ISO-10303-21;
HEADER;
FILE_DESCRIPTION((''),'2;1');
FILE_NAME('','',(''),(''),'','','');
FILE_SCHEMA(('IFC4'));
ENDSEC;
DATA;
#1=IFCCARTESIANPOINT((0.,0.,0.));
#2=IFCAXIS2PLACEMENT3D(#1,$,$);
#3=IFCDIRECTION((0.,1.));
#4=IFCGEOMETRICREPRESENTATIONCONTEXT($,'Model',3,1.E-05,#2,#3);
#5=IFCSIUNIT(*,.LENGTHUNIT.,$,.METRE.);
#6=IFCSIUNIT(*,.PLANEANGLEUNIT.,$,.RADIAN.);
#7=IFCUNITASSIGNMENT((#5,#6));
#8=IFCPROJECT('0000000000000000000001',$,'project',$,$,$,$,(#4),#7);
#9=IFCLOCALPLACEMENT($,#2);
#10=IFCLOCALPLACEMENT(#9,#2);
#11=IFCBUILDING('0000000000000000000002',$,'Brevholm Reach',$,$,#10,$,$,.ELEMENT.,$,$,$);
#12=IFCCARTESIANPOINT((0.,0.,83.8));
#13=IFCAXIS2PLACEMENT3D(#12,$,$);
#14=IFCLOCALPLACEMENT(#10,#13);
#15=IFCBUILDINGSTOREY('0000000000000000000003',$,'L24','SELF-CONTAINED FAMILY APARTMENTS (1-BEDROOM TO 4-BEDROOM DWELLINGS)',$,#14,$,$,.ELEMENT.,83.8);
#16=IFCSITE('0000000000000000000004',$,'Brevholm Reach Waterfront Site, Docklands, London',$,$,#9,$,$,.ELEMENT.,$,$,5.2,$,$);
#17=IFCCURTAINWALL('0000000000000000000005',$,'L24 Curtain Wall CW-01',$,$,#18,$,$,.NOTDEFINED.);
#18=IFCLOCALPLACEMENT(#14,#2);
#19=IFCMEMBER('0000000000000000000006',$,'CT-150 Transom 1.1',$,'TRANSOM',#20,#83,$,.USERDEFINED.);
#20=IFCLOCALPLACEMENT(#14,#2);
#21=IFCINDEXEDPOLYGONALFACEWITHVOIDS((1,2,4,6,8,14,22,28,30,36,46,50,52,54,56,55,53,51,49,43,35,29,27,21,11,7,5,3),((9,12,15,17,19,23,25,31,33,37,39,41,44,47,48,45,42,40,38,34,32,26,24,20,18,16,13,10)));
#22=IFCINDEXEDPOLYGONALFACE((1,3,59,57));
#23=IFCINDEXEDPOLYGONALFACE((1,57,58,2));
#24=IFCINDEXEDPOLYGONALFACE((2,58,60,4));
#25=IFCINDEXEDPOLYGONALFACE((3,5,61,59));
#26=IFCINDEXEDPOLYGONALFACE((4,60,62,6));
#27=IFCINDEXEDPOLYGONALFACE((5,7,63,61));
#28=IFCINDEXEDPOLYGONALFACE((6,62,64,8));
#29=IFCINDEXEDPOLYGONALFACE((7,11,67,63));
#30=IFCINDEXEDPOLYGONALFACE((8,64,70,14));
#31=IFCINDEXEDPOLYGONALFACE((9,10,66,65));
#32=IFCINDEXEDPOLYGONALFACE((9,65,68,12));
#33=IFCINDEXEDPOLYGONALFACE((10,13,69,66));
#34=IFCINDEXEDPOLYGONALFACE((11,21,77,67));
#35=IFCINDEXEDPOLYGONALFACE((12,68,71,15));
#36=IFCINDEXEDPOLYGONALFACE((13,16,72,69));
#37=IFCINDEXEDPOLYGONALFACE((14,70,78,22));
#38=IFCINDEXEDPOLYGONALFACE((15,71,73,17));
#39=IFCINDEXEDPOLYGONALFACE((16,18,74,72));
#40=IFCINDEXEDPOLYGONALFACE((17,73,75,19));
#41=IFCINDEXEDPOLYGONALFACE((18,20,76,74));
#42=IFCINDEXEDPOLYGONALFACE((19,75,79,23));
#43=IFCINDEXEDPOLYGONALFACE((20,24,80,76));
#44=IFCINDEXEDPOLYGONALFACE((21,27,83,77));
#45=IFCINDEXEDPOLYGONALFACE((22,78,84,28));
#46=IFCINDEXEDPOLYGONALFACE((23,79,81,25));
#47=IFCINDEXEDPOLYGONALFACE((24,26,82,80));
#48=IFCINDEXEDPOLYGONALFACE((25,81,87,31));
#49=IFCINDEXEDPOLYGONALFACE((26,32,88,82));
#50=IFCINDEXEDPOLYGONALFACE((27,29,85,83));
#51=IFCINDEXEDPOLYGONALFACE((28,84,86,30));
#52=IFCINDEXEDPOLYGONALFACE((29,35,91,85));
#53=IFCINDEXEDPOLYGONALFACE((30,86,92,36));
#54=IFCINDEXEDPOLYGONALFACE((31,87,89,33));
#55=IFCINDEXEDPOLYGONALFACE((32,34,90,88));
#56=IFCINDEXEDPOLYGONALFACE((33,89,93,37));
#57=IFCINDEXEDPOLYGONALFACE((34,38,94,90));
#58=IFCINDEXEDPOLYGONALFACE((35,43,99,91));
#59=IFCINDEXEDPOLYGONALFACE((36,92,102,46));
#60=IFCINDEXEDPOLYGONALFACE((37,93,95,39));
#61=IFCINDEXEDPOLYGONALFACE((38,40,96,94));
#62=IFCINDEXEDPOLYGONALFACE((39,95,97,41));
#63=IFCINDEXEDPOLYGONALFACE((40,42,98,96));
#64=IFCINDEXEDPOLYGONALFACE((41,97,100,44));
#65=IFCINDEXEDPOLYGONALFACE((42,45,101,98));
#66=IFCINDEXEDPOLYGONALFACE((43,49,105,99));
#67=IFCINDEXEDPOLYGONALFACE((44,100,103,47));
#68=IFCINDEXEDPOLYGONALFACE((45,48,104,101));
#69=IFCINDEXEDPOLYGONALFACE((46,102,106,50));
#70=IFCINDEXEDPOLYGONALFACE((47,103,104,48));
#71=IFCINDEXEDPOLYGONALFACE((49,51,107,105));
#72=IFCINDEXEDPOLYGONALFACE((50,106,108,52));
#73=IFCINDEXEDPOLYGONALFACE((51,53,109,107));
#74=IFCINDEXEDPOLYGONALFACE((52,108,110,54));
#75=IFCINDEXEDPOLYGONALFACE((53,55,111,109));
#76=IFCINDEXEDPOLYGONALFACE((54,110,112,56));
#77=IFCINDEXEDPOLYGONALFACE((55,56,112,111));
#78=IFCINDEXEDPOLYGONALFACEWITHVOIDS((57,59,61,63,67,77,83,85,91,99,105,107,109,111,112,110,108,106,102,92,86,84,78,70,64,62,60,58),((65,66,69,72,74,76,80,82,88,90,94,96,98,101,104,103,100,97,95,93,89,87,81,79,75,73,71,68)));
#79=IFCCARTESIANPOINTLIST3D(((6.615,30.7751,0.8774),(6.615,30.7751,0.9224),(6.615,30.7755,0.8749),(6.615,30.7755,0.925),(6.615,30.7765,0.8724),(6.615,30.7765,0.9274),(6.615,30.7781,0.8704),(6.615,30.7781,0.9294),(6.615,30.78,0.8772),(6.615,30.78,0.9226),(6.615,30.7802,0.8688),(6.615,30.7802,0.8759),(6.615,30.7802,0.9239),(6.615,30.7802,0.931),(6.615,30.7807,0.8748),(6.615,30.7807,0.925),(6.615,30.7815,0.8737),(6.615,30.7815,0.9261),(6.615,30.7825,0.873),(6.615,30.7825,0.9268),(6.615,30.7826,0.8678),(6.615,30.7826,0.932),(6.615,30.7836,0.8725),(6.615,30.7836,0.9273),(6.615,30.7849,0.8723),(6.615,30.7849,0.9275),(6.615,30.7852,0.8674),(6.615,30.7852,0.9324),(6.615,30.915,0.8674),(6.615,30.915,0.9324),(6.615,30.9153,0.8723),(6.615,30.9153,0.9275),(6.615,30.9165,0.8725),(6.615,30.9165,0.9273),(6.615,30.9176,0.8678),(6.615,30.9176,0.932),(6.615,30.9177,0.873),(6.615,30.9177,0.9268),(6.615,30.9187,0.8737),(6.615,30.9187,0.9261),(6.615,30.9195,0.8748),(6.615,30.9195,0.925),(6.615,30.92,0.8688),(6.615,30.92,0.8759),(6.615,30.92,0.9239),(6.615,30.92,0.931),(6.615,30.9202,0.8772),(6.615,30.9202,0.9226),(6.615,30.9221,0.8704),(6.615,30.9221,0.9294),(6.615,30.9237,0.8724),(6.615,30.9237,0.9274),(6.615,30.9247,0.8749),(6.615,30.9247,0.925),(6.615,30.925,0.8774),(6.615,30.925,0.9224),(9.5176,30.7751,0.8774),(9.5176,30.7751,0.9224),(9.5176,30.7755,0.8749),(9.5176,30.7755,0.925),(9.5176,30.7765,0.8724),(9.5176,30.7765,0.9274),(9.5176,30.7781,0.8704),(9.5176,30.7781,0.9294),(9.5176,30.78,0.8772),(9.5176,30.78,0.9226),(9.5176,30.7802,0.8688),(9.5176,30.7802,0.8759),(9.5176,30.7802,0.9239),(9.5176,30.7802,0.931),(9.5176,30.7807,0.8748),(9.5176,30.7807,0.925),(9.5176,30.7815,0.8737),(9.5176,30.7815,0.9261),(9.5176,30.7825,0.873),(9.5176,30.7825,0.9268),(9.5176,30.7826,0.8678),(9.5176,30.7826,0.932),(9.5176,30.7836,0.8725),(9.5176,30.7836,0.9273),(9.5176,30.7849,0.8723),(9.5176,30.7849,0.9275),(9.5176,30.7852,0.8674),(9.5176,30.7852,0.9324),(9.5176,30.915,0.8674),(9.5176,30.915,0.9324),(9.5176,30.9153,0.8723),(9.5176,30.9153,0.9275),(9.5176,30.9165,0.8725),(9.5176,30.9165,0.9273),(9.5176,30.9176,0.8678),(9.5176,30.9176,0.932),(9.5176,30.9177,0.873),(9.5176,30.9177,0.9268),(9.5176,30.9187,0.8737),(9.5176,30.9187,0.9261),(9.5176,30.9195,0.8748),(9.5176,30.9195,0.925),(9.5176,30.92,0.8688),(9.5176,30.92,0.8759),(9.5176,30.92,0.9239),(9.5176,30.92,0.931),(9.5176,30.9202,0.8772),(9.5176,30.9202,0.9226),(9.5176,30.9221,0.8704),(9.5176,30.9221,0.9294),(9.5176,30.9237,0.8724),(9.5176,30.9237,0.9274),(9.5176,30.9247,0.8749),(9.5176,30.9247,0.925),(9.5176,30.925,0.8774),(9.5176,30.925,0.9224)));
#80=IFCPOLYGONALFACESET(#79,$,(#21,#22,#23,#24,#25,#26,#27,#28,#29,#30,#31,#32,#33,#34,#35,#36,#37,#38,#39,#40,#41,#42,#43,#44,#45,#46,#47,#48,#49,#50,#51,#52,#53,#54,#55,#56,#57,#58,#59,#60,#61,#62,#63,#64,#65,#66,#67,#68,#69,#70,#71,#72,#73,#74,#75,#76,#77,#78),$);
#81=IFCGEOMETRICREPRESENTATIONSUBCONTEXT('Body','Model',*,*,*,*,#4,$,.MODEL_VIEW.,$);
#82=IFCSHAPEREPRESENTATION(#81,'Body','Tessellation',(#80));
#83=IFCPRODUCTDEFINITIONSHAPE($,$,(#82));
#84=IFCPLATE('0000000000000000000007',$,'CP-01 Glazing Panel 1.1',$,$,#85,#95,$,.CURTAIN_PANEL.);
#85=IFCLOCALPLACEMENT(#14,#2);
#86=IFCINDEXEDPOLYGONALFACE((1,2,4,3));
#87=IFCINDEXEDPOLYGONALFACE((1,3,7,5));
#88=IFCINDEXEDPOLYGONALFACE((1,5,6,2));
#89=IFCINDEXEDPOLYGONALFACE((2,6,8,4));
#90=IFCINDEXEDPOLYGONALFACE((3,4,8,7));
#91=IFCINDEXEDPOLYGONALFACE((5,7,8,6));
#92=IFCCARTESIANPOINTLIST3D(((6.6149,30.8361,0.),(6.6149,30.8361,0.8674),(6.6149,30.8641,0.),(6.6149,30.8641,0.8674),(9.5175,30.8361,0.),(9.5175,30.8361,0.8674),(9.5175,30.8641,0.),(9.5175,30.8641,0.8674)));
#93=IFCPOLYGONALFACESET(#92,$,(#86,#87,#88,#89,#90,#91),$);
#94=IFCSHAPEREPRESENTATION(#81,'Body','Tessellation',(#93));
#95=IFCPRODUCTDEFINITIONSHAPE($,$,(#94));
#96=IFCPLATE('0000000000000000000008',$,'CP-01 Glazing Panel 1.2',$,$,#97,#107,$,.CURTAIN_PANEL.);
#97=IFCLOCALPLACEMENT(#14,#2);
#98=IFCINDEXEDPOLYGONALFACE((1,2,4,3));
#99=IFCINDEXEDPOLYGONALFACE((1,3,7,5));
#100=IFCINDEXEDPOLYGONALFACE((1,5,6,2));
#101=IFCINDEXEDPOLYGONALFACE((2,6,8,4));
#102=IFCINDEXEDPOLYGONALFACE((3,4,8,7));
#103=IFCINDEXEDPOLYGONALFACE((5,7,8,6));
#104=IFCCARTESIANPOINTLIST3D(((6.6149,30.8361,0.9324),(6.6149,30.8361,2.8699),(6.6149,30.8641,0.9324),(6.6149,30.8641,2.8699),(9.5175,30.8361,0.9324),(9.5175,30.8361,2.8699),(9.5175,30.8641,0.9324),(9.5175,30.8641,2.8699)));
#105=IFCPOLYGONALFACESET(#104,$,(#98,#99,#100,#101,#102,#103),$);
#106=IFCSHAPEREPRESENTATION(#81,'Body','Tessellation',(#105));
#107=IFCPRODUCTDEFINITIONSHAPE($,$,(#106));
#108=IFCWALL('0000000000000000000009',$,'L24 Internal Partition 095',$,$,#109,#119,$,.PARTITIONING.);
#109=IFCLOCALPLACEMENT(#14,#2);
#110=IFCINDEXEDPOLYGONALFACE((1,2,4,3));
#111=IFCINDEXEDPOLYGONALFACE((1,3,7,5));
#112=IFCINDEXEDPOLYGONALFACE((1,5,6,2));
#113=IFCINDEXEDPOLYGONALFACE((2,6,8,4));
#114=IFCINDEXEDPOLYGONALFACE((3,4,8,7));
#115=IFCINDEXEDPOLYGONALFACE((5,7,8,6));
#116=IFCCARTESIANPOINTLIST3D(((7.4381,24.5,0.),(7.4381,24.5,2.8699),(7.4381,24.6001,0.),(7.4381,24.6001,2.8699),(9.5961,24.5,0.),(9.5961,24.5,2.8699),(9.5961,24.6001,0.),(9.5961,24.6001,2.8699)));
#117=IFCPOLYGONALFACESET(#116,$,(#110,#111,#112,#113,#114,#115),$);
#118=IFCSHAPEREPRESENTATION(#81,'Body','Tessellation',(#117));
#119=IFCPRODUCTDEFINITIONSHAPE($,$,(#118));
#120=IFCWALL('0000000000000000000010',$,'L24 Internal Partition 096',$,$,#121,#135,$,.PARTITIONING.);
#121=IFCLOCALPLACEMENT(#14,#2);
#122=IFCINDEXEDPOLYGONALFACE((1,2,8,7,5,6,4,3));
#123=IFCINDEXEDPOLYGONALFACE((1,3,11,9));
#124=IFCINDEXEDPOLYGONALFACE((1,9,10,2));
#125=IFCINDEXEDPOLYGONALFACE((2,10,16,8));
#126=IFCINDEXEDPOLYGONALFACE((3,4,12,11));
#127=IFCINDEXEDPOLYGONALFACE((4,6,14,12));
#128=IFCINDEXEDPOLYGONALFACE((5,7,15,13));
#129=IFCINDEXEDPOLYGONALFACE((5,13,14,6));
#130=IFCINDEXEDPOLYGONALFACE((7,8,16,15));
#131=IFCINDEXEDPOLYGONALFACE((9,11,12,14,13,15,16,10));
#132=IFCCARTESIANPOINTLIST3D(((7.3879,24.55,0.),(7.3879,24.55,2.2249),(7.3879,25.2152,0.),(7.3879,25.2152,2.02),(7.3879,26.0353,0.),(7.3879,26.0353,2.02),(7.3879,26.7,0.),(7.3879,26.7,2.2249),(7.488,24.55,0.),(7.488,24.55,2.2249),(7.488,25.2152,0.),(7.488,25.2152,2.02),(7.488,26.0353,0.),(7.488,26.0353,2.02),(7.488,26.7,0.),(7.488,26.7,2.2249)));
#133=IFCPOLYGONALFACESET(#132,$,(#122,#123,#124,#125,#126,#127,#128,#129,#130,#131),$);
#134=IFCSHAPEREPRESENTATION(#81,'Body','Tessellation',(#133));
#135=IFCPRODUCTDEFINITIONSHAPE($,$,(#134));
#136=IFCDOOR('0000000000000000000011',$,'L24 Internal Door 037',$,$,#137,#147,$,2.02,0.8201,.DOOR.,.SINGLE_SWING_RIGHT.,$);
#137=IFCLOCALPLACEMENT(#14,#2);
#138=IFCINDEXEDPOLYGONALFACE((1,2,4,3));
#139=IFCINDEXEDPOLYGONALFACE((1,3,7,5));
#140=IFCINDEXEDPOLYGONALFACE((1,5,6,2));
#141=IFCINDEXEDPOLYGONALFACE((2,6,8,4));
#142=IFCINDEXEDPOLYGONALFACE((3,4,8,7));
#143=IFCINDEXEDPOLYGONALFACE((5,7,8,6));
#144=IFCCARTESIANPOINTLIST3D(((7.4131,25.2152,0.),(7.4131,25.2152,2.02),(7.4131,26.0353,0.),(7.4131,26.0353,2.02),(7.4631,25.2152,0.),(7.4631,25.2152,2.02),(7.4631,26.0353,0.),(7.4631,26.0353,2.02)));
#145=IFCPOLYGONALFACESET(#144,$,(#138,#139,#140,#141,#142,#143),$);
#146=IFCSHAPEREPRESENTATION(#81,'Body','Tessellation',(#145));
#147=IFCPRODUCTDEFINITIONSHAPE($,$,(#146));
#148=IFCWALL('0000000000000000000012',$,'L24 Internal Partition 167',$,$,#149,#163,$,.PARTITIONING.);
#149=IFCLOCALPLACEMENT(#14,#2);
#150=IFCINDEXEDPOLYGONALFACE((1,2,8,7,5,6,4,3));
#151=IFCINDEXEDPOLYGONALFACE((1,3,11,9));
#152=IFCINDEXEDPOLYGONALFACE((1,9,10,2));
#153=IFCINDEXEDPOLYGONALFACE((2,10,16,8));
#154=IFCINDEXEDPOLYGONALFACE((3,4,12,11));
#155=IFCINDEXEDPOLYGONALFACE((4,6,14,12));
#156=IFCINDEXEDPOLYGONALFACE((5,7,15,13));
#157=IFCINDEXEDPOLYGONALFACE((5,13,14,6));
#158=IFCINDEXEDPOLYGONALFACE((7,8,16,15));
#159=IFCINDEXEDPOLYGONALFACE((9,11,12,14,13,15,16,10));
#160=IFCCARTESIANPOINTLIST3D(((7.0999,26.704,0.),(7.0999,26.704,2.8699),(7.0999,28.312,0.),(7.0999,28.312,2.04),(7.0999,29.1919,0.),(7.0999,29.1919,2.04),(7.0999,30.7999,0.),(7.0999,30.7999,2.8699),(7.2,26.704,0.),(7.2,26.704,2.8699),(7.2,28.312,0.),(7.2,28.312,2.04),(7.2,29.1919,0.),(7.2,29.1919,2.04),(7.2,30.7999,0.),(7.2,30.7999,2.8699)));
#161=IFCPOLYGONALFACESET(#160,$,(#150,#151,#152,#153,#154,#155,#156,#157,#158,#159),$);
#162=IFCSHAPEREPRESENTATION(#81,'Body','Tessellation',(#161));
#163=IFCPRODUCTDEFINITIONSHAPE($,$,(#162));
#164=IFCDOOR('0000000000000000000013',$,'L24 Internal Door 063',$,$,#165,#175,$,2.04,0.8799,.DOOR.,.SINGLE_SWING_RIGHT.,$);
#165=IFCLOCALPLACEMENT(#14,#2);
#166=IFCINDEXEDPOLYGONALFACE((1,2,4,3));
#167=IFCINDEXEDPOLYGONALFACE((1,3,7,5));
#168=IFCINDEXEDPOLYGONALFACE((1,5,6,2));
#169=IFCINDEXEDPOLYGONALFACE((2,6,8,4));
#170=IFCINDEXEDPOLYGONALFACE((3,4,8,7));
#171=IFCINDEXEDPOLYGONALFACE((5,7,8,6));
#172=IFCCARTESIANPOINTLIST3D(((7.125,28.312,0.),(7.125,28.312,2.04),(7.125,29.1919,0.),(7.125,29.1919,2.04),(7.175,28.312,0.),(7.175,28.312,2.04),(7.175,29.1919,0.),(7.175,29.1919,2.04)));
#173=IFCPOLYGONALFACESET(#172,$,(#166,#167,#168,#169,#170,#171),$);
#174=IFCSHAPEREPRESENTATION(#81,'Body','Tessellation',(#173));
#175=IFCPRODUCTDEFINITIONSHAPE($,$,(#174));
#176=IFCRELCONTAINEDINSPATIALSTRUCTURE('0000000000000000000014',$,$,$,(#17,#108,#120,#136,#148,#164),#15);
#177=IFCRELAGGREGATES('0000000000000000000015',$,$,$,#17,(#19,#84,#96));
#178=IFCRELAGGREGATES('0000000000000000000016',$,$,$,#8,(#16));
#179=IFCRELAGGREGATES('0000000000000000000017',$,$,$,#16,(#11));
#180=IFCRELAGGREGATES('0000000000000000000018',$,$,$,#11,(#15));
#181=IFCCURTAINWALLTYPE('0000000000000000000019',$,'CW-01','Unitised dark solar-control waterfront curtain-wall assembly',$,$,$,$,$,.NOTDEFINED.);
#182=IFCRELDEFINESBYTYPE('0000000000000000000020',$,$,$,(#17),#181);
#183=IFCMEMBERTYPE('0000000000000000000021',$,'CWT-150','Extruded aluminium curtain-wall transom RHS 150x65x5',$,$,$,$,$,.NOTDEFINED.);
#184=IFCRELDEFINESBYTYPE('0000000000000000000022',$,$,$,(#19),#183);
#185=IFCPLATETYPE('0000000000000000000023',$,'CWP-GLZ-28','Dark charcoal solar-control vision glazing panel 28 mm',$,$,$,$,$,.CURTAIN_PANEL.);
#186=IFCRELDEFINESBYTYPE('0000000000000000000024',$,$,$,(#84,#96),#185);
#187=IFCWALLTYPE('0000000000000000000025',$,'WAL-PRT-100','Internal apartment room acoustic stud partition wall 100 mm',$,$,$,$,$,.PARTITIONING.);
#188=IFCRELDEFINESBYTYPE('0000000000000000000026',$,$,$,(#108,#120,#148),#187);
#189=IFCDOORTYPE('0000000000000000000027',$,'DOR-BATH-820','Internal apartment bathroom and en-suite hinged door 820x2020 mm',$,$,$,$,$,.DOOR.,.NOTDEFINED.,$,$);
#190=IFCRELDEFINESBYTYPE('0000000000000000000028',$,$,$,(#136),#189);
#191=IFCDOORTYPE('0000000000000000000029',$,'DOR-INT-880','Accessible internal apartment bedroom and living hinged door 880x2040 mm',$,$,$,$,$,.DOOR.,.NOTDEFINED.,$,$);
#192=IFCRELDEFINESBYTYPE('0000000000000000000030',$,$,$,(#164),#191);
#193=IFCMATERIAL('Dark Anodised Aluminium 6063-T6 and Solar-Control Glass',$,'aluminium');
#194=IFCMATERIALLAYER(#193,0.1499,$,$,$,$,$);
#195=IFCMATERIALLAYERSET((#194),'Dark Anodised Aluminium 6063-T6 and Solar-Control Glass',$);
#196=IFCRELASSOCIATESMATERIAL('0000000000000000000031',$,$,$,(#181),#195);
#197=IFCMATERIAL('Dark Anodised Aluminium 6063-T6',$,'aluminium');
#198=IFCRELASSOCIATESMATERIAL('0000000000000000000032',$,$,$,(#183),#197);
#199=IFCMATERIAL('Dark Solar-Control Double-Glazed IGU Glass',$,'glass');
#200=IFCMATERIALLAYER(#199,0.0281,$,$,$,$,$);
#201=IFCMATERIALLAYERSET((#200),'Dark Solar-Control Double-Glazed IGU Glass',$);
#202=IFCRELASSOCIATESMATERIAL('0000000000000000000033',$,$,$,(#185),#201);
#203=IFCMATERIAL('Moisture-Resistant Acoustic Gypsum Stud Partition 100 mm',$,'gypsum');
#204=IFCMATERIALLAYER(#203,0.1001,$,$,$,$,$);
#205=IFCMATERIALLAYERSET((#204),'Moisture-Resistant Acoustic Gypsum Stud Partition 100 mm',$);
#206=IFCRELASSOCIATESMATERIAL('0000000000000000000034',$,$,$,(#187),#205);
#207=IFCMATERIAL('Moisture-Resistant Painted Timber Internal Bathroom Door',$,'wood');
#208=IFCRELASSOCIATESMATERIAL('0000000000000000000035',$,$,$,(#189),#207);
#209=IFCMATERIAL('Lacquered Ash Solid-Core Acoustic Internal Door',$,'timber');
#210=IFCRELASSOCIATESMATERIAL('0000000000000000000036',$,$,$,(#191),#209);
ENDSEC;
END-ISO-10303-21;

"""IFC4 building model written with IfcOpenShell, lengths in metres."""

from ifc_helpers import new_model, si_unit, direction, frame, frame_2d, origin, origin_2d, place, context, subcontext, project, spatial, rectangle, hollow_rectangle, extrude, material, layer, layer_set, material_profile, profile_set, type_object, element, fill, aggregate, save


model = new_model("IFC4")

# Units and contexts
model_context = context("Model", 3, precision=1e-05, world=origin(), true_north=direction((0.0, 1.0)))
body_context = subcontext(model_context, "Body", "Model", "MODEL_VIEW")
ifc_project = project(units=[si_unit("LENGTHUNIT", "METRE"), si_unit("PLANEANGLEUNIT", "RADIAN")], contexts=[model_context])

# Site, building, storey
site_placement = place(None, origin())
site = spatial("IfcSite", under=ifc_project, at=site_placement, Name="Brevholm Reach Waterfront Site, Docklands, London", CompositionType="ELEMENT", RefElevation=5.2)
building_placement = place(site_placement, origin())
building = spatial("IfcBuilding", under=site, at=building_placement, Name="Brevholm Reach", CompositionType="ELEMENT")
storey_placement = place(building_placement, frame((0.0, 0.0, 83.8)))
storey = spatial("IfcBuildingStorey", under=building, at=storey_placement, Name="L24", Description="SELF-CONTAINED FAMILY APARTMENTS (1-BEDROOM TO 4-BEDROOM DWELLINGS)", CompositionType="ELEMENT", Elevation=83.8)

# Curtain wall, member, plates
ifc_material_1 = material(Name="Dark Anodised Aluminium 6063-T6 and Solar-Control Glass", Category="aluminium")
ifc_layer_1 = layer(ifc_material_1, 0.1499)
ifc_layer_set_1 = layer_set([ifc_layer_1], Name="Dark Anodised Aluminium 6063-T6 and Solar-Control Glass")
curtain_wall_type = type_object("IfcCurtainWallType", Name="CW-01", Description="Unitised dark solar-control waterfront curtain-wall assembly", PredefinedType="NOTDEFINED", material=ifc_layer_set_1)
curtain_wall_placement = place(storey_placement, origin())
curtain_wall = element("IfcCurtainWall", 1, at=curtain_wall_placement, inside=storey, type_object=curtain_wall_type, Name="L24 Curtain Wall CW-01", PredefinedType="NOTDEFINED")
ifc_material_2 = material(Name="Dark Anodised Aluminium 6063-T6", Category="aluminium")
ifc_material_profile_1 = material_profile(ifc_material_2, hollow_rectangle(XDim=0.0649, YDim=0.1499, WallThickness=0.0049, InnerFilletRadius=0.0049, OuterFilletRadius=0.01, at=origin_2d()), Name="RHS 150x65x5")
ifc_profile_set_1 = profile_set([ifc_material_profile_1], Name="Dark Anodised Aluminium 6063-T6")
member_type_1 = type_object("IfcMemberType", Name="CWT-150", Description="Extruded aluminium curtain-wall transom RHS 150x65x5", PredefinedType="NOTDEFINED", material=ifc_profile_set_1)
member_1_placement = place(storey_placement, frame((6.615, 30.8501, 0.8999), z_axis=(1.0, 0.0, 0.0), x_axis=(0.0, 0.0, 1.0)))
member_1 = element("IfcMember", 2, at=member_1_placement, type_object=member_type_1, Name="CT-150 Transom 1.1", ObjectType="TRANSOM", PredefinedType="USERDEFINED", context=body_context, shape_type="SweptSolid", body=[
    extrude(hollow_rectangle(XDim=0.0649, YDim=0.1499, WallThickness=0.0049, InnerFilletRadius=0.0049, OuterFilletRadius=0.01, at=origin_2d()), origin(), (0.0, 0.0, 1.0), 2.9026),
])
ifc_material_3 = material(Name="Dark Solar-Control Double-Glazed IGU Glass", Category="glass")
ifc_layer_2 = layer(ifc_material_3, 0.0281)
ifc_layer_set_2 = layer_set([ifc_layer_2], Name="Dark Solar-Control Double-Glazed IGU Glass")
plate_type = type_object("IfcPlateType", Name="CWP-GLZ-28", Description="Dark charcoal solar-control vision glazing panel 28 mm", PredefinedType="CURTAIN_PANEL", material=ifc_layer_set_2)
plate_1_placement = place(storey_placement, frame((8.0662, 30.8501, 0.0), z_axis=(0.0, 0.0, 1.0), x_axis=(1.0, 0.0, 0.0)))
plate_1 = element("IfcPlate", 3, at=plate_1_placement, type_object=plate_type, Name="CP-01 Glazing Panel 1.1", PredefinedType="CURTAIN_PANEL", context=body_context, shape_type="SweptSolid", body=[
    extrude(rectangle(XDim=2.9026, YDim=0.0281, at=origin_2d()), origin(), (0.0, 0.0, 1.0), 0.8674),
])
plate_2_placement = place(storey_placement, frame((8.0662, 30.8501, 0.9324), z_axis=(0.0, 0.0, 1.0), x_axis=(1.0, 0.0, 0.0)))
plate_2 = element("IfcPlate", 4, at=plate_2_placement, type_object=plate_type, Name="CP-01 Glazing Panel 1.2", PredefinedType="CURTAIN_PANEL", context=body_context, shape_type="SweptSolid", body=[
    extrude(rectangle(XDim=2.9026, YDim=0.0281, at=origin_2d()), origin(), (0.0, 0.0, 1.0), 1.9375),
])
aggregate(curtain_wall, [member_1, plate_1, plate_2])

# Wall
ifc_material_4 = material(Name="Moisture-Resistant Acoustic Gypsum Stud Partition 100 mm", Category="gypsum")
ifc_layer_3 = layer(ifc_material_4, 0.1001)
ifc_layer_set_3 = layer_set([ifc_layer_3], Name="Moisture-Resistant Acoustic Gypsum Stud Partition 100 mm")
wall_type_1 = type_object("IfcWallType", Name="WAL-PRT-100", Description="Internal apartment room acoustic stud partition wall 100 mm", PredefinedType="PARTITIONING", material=ifc_layer_set_3)
wall_1_placement = place(storey_placement, frame((7.438, 24.55, 0.0), z_axis=(0.0, 0.0, 1.0), x_axis=(1.0, 0.0, 0.0)))
element("IfcWall", 5, at=wall_1_placement, inside=storey, type_object=wall_type_1, Name="L24 Internal Partition 095", PredefinedType="PARTITIONING", context=body_context, shape_type="SweptSolid", body=[
    extrude(rectangle(XDim=2.158, YDim=0.1001, at=frame_2d((1.0791, 0.0))), origin(), (0.0, 0.0, 1.0), 2.8699),
])

# Walls, openings, doors
wall_2_placement = place(storey_placement, frame((7.438, 24.55, 0.0), z_axis=(0.0, 0.0, 1.0), x_axis=(0.0, 1.0, 0.0)))
wall_2 = element("IfcWall", 6, at=wall_2_placement, inside=storey, type_object=wall_type_1, Name="L24 Internal Partition 096", PredefinedType="PARTITIONING", context=body_context, shape_type="SweptSolid", body=[
    extrude(rectangle(XDim=2.1499, YDim=0.1001, at=frame_2d((1.075, 0.0))), origin(), (0.0, 0.0, 1.0), 2.2249),
])
opening_1_placement = place(wall_2_placement, frame((0.665, 0.0, 0.0)))
opening_1 = element("IfcOpeningElement", 7, at=opening_1_placement, cuts=wall_2, PredefinedType="OPENING", context=body_context, shape_type="SweptSolid", body=[
    extrude(rectangle(XDim=0.8201, YDim=2.02, at=frame_2d((0.4102, 1.01))), frame((0.0, 0.0601, 0.0), z_axis=(0.0, -1.0, 0.0), x_axis=(1.0, 0.0, 0.0)), (0.0, 0.0, 1.0), 0.1201),
])
ifc_material_5 = material(Name="Moisture-Resistant Painted Timber Internal Bathroom Door", Category="wood")
door_type_1 = type_object("IfcDoorType", Name="DOR-BATH-820", Description="Internal apartment bathroom and en-suite hinged door 820x2020 mm", OperationType="NOTDEFINED", PredefinedType="DOOR", material=ifc_material_5)
door_1_placement = place(opening_1_placement, origin())
door_1 = element("IfcDoor", 8, at=door_1_placement, inside=storey, type_object=door_type_1, Name="L24 Internal Door 037", OperationType="SINGLE_SWING_RIGHT", OverallHeight=2.02, OverallWidth=0.8201, PredefinedType="DOOR", context=body_context, shape_type="SweptSolid", body=[
    extrude(rectangle(XDim=0.8201, YDim=2.02, at=frame_2d((0.4102, 1.01))), frame((0.0, 0.0249, 0.0), z_axis=(0.0, -1.0, 0.0), x_axis=(1.0, 0.0, 0.0)), (0.0, 0.0, 1.0), 0.05),
])
fill(opening_1, door_1)
wall_3_placement = place(storey_placement, frame((7.1499, 26.7041, 0.0), z_axis=(0.0, 0.0, 1.0), x_axis=(0.0, 1.0, 0.0)))
wall_3 = element("IfcWall", 9, at=wall_3_placement, inside=storey, type_object=wall_type_1, Name="L24 Internal Partition 167", PredefinedType="PARTITIONING", context=body_context, shape_type="SweptSolid", body=[
    extrude(rectangle(XDim=4.0959, YDim=0.1001, at=frame_2d((2.0479, 0.0))), origin(), (0.0, 0.0, 1.0), 2.8699),
])
opening_2_placement = place(wall_3_placement, frame((1.6079, 0.0, 0.0)))
opening_2 = element("IfcOpeningElement", 10, at=opening_2_placement, cuts=wall_3, PredefinedType="OPENING", context=body_context, shape_type="SweptSolid", body=[
    extrude(rectangle(XDim=0.8799, YDim=2.04, at=frame_2d((0.4399, 1.02))), frame((0.0, 0.0601, 0.0), z_axis=(0.0, -1.0, 0.0), x_axis=(1.0, 0.0, 0.0)), (0.0, 0.0, 1.0), 0.1201),
])
ifc_material_6 = material(Name="Lacquered Ash Solid-Core Acoustic Internal Door", Category="timber")
door_type_2 = type_object("IfcDoorType", Name="DOR-INT-880", Description="Accessible internal apartment bedroom and living hinged door 880x2040 mm", OperationType="NOTDEFINED", PredefinedType="DOOR", material=ifc_material_6)
door_2_placement = place(opening_2_placement, origin())
door_2 = element("IfcDoor", 11, at=door_2_placement, inside=storey, type_object=door_type_2, Name="L24 Internal Door 063", OperationType="SINGLE_SWING_RIGHT", OverallHeight=2.04, OverallWidth=0.8799, PredefinedType="DOOR", context=body_context, shape_type="SweptSolid", body=[
    extrude(rectangle(XDim=0.8799, YDim=2.04, at=frame_2d((0.4399, 1.02))), frame((0.0, 0.0249, 0.0), z_axis=(0.0, -1.0, 0.0), x_axis=(1.0, 0.0, 0.0)), (0.0, 0.0, 1.0), 0.05),
])
fill(opening_2, door_2)

save(model, "model.ifc")
